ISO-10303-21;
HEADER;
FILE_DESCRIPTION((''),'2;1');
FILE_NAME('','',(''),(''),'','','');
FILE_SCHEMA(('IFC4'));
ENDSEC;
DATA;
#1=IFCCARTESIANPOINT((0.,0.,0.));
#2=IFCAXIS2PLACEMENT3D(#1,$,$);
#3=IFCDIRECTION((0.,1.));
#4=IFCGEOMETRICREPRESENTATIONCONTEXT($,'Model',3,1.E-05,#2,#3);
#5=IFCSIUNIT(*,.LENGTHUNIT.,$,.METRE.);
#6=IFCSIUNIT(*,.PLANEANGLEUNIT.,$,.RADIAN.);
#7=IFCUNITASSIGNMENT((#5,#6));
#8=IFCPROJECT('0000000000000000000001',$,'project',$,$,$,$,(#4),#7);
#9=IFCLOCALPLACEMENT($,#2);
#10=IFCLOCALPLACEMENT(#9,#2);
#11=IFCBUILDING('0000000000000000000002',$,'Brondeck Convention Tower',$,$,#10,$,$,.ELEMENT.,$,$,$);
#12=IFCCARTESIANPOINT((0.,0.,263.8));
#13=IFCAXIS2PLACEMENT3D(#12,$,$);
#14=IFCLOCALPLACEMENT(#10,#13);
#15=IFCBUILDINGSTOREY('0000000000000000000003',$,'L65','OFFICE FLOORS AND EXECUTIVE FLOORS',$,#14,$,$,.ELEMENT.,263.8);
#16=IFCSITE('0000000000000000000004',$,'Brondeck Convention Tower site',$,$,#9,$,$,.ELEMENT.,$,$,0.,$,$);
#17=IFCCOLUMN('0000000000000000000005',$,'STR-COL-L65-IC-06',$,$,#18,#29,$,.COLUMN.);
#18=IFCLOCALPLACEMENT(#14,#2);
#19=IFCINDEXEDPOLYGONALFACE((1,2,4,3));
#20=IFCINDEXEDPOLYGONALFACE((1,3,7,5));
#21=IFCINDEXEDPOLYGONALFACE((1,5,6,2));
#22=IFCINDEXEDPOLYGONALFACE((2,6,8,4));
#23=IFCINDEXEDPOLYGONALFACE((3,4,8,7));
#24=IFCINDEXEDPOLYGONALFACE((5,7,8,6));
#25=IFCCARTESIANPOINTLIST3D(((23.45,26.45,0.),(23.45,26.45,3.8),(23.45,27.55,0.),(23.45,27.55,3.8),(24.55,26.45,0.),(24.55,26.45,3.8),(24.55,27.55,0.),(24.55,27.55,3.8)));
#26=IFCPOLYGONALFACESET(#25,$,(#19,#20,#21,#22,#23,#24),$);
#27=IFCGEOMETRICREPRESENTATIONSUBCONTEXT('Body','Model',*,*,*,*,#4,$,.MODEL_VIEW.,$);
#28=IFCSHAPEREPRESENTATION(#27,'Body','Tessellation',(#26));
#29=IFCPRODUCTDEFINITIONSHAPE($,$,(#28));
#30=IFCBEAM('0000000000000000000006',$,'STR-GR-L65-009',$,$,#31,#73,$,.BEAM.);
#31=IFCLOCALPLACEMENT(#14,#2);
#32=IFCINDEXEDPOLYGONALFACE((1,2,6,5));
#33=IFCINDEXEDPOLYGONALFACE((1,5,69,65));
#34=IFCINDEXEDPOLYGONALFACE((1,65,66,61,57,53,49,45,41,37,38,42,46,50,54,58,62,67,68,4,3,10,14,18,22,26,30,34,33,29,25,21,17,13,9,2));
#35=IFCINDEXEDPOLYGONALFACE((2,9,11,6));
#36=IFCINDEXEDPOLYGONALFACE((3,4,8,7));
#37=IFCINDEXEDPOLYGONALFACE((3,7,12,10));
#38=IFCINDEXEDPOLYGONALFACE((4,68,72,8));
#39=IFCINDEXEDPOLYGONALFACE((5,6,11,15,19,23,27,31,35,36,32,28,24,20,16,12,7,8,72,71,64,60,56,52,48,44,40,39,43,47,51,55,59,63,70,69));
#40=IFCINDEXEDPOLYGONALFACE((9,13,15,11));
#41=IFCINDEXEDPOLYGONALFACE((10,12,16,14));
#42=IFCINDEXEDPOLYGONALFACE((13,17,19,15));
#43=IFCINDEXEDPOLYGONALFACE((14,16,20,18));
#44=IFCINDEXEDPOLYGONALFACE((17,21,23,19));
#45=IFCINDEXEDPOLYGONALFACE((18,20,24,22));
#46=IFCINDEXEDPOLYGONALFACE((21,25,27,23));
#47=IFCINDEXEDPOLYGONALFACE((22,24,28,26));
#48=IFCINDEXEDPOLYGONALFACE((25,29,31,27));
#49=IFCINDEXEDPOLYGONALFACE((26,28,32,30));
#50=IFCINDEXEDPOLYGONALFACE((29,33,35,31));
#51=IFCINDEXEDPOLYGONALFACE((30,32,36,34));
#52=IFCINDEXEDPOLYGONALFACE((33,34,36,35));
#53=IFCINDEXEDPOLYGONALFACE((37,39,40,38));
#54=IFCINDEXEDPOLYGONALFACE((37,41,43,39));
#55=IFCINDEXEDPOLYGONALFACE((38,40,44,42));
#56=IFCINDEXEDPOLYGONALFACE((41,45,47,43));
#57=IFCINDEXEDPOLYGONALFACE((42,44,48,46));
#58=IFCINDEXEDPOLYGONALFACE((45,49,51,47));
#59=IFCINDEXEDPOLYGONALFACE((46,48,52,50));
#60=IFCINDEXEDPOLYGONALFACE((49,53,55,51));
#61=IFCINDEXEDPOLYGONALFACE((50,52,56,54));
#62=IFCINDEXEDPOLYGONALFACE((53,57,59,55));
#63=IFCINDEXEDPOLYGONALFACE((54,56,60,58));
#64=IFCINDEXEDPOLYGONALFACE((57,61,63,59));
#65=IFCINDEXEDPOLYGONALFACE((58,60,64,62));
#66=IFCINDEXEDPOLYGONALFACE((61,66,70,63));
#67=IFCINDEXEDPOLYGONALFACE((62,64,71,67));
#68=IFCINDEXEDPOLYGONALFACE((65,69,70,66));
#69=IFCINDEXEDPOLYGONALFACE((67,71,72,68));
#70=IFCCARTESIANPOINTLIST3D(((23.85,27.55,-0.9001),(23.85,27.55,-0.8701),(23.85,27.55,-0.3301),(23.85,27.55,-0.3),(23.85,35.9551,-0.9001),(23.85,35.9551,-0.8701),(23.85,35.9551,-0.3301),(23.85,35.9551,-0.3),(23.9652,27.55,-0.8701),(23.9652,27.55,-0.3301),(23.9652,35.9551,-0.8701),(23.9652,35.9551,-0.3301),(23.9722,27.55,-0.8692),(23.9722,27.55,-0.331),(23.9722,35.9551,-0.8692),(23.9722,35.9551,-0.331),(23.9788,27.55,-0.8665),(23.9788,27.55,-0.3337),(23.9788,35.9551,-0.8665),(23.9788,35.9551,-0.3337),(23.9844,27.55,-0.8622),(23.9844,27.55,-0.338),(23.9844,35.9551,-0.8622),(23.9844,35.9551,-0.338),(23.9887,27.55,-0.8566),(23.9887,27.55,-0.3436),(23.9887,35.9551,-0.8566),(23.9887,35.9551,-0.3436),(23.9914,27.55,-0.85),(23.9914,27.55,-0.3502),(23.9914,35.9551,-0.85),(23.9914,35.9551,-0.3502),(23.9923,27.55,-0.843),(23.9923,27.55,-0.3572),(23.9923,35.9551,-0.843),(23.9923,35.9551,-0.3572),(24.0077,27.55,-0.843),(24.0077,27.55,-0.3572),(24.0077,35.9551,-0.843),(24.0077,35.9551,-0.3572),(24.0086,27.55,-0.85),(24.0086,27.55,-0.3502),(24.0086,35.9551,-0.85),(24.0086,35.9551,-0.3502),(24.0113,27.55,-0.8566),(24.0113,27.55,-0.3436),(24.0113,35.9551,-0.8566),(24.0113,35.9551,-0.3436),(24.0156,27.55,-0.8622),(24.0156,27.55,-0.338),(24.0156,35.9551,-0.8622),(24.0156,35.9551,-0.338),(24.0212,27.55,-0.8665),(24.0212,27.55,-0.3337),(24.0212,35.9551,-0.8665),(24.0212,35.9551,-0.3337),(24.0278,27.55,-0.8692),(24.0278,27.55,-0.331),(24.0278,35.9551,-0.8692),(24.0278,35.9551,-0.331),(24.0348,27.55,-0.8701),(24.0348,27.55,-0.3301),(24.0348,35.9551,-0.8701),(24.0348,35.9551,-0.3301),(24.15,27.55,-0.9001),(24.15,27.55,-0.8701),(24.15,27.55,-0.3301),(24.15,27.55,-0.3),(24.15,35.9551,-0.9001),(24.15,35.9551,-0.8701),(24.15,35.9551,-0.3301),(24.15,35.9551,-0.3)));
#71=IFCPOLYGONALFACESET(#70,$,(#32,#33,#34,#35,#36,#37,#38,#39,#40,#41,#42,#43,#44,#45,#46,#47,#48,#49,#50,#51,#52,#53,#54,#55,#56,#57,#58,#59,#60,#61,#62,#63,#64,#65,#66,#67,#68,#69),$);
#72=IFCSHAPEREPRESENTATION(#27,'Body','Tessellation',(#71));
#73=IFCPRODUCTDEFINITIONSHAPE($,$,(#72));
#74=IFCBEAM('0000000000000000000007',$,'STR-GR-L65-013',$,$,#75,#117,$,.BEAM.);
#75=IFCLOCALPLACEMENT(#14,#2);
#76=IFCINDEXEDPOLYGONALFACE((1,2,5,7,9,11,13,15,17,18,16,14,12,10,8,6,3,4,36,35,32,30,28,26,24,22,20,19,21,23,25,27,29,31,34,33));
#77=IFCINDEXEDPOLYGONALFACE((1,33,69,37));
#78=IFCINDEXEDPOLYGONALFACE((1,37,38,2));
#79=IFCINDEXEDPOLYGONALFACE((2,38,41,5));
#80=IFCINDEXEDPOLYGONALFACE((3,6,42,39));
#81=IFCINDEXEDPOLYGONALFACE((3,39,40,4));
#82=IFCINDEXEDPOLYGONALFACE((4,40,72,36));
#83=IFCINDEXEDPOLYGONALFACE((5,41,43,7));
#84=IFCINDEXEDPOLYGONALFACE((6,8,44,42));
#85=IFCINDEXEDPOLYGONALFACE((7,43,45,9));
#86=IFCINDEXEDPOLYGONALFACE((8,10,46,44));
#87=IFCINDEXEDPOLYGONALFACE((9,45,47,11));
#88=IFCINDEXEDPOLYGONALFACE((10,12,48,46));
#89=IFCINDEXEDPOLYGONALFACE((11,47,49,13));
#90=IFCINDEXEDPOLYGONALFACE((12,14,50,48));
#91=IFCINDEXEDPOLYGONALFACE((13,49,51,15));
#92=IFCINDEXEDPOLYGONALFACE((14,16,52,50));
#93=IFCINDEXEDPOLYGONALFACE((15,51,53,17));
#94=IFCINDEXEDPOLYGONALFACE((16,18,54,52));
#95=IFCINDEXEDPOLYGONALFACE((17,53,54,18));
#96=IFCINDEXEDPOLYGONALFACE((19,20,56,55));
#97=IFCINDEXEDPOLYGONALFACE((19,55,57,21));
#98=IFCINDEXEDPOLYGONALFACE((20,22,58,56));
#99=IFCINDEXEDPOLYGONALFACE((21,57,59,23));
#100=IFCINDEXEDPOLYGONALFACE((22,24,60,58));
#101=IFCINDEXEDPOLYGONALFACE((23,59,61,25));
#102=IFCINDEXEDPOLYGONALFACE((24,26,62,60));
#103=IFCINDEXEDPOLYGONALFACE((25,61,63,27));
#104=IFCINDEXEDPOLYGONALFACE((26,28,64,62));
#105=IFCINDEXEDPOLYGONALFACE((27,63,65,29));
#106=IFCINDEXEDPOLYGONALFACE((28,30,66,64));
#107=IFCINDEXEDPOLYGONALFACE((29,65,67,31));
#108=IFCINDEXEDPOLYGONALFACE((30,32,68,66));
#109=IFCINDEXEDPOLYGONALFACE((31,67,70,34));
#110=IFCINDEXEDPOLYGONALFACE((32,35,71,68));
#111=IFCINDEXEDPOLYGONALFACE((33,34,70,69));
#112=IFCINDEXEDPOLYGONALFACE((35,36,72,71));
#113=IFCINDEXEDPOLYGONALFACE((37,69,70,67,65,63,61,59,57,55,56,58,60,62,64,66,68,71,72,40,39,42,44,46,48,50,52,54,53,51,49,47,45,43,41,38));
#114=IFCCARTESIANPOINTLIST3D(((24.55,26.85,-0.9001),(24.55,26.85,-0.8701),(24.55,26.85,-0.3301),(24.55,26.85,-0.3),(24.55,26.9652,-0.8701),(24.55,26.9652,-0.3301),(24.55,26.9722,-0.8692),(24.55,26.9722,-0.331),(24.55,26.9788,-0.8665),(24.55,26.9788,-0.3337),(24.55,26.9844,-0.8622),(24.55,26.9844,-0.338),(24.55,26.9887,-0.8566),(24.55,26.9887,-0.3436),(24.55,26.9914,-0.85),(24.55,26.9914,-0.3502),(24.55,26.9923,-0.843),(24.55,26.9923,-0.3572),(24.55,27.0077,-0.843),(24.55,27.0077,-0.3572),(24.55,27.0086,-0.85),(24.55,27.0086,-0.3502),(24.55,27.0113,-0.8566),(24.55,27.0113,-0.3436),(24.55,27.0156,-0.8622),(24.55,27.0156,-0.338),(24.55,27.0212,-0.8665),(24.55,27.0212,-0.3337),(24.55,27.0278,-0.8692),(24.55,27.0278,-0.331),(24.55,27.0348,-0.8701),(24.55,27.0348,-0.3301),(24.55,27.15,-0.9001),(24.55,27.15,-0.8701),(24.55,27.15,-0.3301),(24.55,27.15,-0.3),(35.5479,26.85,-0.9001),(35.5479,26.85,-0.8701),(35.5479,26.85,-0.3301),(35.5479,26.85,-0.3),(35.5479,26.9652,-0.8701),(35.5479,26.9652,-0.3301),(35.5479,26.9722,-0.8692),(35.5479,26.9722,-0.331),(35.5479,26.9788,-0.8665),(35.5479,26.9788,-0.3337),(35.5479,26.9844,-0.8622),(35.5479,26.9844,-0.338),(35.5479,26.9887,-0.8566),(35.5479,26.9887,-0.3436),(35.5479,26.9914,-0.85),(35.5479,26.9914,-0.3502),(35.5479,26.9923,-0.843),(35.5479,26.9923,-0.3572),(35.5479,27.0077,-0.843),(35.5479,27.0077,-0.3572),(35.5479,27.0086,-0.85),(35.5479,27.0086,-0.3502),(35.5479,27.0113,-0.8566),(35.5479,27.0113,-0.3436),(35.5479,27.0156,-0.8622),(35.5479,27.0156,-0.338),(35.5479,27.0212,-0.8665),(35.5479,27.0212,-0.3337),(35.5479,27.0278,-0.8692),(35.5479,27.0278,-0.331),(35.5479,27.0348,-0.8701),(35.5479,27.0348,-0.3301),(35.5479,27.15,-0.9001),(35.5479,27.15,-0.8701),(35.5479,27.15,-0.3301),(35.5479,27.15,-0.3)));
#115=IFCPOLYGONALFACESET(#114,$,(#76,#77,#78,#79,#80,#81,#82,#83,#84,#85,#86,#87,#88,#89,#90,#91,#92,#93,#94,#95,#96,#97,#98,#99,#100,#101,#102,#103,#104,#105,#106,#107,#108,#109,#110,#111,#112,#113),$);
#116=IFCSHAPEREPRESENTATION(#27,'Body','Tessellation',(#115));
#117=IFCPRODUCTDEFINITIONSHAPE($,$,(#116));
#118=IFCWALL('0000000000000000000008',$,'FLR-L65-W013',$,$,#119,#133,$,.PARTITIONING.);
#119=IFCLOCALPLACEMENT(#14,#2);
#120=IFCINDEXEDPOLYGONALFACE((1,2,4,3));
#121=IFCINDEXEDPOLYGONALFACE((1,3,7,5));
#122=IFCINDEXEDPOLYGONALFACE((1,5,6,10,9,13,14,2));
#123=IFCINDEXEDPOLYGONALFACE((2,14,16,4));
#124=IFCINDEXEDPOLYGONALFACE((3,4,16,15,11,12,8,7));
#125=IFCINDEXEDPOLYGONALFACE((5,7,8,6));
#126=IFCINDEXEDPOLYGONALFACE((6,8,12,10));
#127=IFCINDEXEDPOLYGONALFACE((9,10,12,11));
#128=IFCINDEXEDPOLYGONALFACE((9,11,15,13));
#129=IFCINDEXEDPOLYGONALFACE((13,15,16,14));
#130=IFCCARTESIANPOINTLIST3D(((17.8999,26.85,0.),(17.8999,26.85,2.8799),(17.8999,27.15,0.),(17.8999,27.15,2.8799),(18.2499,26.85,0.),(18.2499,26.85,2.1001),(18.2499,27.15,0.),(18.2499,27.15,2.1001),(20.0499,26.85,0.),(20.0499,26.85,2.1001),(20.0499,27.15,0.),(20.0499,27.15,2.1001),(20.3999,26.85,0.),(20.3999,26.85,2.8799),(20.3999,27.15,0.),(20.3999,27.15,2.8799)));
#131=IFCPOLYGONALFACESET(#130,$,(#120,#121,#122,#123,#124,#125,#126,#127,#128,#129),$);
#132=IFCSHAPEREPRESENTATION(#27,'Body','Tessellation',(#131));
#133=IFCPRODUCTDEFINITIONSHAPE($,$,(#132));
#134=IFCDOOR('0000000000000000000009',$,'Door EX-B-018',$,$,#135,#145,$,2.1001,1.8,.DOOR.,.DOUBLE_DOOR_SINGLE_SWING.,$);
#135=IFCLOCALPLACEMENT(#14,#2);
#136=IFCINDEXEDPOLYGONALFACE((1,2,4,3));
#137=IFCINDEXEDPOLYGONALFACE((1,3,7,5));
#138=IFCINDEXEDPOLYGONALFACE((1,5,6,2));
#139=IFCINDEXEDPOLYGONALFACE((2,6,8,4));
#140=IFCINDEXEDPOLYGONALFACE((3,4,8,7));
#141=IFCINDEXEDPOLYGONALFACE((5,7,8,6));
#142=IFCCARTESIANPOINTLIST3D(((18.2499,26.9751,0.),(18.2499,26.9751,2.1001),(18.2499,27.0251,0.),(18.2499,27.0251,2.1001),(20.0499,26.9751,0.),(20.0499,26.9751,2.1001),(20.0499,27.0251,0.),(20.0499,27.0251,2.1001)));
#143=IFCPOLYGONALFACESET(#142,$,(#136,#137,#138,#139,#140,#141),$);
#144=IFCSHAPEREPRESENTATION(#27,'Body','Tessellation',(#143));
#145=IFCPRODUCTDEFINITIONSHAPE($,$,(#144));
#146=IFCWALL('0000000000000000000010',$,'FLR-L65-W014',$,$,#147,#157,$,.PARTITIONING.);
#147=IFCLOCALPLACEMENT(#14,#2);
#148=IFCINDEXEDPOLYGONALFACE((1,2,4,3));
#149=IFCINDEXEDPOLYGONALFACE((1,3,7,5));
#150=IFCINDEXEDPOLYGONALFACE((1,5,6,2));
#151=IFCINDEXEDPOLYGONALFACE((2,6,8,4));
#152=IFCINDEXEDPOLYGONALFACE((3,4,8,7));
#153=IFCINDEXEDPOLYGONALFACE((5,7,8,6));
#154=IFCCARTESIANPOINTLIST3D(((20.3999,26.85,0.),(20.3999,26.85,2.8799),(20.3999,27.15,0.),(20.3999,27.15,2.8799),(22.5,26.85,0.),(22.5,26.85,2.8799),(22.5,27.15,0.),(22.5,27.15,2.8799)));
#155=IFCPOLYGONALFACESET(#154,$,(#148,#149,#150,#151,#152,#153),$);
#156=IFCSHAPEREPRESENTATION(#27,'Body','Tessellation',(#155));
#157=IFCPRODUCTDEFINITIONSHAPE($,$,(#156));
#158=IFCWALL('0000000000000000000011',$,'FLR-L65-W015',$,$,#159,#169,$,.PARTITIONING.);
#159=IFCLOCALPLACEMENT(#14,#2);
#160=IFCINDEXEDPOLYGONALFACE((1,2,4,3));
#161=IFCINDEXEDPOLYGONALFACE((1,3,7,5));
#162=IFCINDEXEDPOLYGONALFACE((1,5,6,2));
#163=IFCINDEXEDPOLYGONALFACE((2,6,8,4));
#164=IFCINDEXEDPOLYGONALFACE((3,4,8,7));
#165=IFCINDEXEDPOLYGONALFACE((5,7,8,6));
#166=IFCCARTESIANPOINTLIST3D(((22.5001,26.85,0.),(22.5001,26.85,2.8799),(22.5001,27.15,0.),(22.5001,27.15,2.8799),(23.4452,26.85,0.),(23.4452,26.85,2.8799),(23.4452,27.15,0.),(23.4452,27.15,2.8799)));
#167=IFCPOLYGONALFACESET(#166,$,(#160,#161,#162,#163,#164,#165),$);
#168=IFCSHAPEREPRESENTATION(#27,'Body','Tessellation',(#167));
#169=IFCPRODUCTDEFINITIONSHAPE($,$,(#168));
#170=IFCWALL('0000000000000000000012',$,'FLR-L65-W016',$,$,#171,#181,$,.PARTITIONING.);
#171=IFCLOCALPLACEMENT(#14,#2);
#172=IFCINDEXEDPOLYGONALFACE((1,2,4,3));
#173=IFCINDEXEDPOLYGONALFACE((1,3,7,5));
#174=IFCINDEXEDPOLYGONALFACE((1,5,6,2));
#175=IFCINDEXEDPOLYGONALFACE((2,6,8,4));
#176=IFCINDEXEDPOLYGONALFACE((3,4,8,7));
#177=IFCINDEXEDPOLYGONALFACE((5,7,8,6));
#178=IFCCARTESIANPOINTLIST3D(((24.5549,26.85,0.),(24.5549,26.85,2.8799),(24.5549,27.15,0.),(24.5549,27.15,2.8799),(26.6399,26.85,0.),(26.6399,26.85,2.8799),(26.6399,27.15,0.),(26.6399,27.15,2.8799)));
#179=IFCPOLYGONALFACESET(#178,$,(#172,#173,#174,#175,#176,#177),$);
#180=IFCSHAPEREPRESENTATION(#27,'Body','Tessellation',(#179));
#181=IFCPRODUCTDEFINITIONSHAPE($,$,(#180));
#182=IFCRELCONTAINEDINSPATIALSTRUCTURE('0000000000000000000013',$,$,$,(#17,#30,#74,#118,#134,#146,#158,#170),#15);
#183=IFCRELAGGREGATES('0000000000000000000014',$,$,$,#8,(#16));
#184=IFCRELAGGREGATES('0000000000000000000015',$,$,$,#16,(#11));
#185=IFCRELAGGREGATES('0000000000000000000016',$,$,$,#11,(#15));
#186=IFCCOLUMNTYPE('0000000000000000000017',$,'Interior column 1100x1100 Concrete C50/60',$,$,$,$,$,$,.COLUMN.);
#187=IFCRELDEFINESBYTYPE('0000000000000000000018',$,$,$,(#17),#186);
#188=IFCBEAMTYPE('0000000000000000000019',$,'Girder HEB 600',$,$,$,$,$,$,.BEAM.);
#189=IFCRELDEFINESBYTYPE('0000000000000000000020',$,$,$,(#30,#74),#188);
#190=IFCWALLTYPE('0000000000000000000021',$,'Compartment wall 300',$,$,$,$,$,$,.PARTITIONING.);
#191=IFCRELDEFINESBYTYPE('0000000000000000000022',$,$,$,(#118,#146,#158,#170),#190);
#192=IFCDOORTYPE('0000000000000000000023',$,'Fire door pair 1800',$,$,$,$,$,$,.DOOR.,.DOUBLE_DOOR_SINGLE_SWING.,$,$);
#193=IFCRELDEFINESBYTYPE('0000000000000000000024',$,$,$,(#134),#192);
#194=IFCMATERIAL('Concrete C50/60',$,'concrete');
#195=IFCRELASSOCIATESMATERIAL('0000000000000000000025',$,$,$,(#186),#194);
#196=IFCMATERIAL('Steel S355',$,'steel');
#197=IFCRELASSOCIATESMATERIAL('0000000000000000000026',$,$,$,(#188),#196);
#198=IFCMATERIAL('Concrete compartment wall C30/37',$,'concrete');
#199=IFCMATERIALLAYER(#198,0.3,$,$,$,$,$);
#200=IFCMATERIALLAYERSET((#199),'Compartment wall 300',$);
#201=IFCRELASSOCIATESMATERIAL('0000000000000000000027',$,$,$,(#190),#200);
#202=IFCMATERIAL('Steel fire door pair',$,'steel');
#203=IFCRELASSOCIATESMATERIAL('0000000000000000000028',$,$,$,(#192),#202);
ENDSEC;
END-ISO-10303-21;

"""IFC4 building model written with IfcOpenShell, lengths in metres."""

from ifc_helpers import new_model, si_unit, direction, frame, frame_2d, origin, origin_2d, place, context, subcontext, project, spatial, rectangle, i_section, extrude, material, layer, layer_set, material_profile, profile_set, type_object, element, fill, save


model = new_model("IFC4")

# Units and contexts
model_context = context("Model", 3, precision=1e-05, world=origin(), true_north=direction((0.0, 1.0)))
body_context = subcontext(model_context, "Body", "Model", "MODEL_VIEW")
ifc_project = project(units=[si_unit("LENGTHUNIT", "METRE"), si_unit("PLANEANGLEUNIT", "RADIAN")], contexts=[model_context])

# Site, building, storey
site_placement = place(None, origin())
site = spatial("IfcSite", under=ifc_project, at=site_placement, Name="Brondeck Convention Tower site", CompositionType="ELEMENT", RefElevation=0.0)
building_placement = place(site_placement, origin())
building = spatial("IfcBuilding", under=site, at=building_placement, Name="Brondeck Convention Tower", CompositionType="ELEMENT")
storey_placement = place(building_placement, frame((0.0, 0.0, 263.8)))
storey = spatial("IfcBuildingStorey", under=building, at=storey_placement, Name="L65", Description="OFFICE FLOORS AND EXECUTIVE FLOORS", CompositionType="ELEMENT", Elevation=263.8)

# Column
ifc_material_1 = material(Name="Concrete C50/60", Category="concrete")
ifc_material_profile_1 = material_profile(ifc_material_1, rectangle(XDim=1.1001, YDim=1.1001, at=origin_2d()), Name="Interior column 1100x1100 Concrete C50/60")
ifc_profile_set_1 = profile_set([ifc_material_profile_1], Name="Concrete C50/60")
column_type = type_object("IfcColumnType", Name="Interior column 1100x1100 Concrete C50/60", PredefinedType="COLUMN", material=ifc_profile_set_1)
column_placement = place(storey_placement, frame((24.0, 27.0, 0.0), z_axis=(0.0, 0.0, 1.0), x_axis=(1.0, 0.0, 0.0)))
element("IfcColumn", 1, at=column_placement, inside=storey, type_object=column_type, Name="STR-COL-L65-IC-06", PredefinedType="COLUMN", context=body_context, shape_type="SweptSolid", body=[
    extrude(rectangle(XDim=1.1001, YDim=1.1001, at=origin_2d()), origin(), (0.0, 0.0, 1.0), 3.8),
])

# Beams
ifc_material_2 = material(Name="Steel S355", Category="steel")
ifc_material_profile_2 = material_profile(ifc_material_2, i_section(OverallWidth=0.3, OverallDepth=0.6001, WebThickness=0.0154, FlangeThickness=0.03, FilletRadius=0.0271, at=origin_2d()), Name="HEB 600")
ifc_profile_set_2 = profile_set([ifc_material_profile_2], Name="Steel S355")
beam_type = type_object("IfcBeamType", Name="Girder HEB 600", PredefinedType="BEAM", material=ifc_profile_set_2)
beam_1_placement = place(storey_placement, frame((24.0, 35.9551, -0.6001), z_axis=(0.0, -1.0, 0.0), x_axis=(1.0, 0.0, 0.0)))
element("IfcBeam", 2, at=beam_1_placement, inside=storey, type_object=beam_type, Name="STR-GR-L65-009", PredefinedType="BEAM", context=body_context, shape_type="SweptSolid", body=[
    extrude(i_section(OverallWidth=0.3, OverallDepth=0.6001, WebThickness=0.0154, FlangeThickness=0.03, FilletRadius=0.0271, at=origin_2d()), origin(), (0.0, 0.0, 1.0), 8.405),
])
beam_2_placement = place(storey_placement, frame((24.55, 27.0, -0.6001), z_axis=(1.0, 0.0, 0.0), x_axis=(0.0, 1.0, 0.0)))
element("IfcBeam", 3, at=beam_2_placement, inside=storey, type_object=beam_type, Name="STR-GR-L65-013", PredefinedType="BEAM", context=body_context, shape_type="SweptSolid", body=[
    extrude(i_section(OverallWidth=0.3, OverallDepth=0.6001, WebThickness=0.0154, FlangeThickness=0.03, FilletRadius=0.0271, at=origin_2d()), origin(), (0.0, 0.0, 1.0), 10.9978),
])

# Wall, opening, door
ifc_material_3 = material(Name="Concrete compartment wall C30/37", Category="concrete")
ifc_layer_1 = layer(ifc_material_3, 0.3)
ifc_layer_set_1 = layer_set([ifc_layer_1], Name="Compartment wall 300")
wall_type_1 = type_object("IfcWallType", Name="Compartment wall 300", PredefinedType="PARTITIONING", material=ifc_layer_set_1)
wall_1_placement = place(storey_placement, frame((20.3999, 27.0, 0.0), z_axis=(0.0, 0.0, 1.0), x_axis=(-1.0, 0.0, 0.0)))
wall_1 = element("IfcWall", 4, at=wall_1_placement, inside=storey, type_object=wall_type_1, Name="FLR-L65-W013", PredefinedType="PARTITIONING", context=body_context, shape_type="SweptSolid", body=[
    extrude(rectangle(XDim=2.5, YDim=0.3, at=frame_2d((1.25, 0.0))), origin(), (0.0, 0.0, 1.0), 2.8799),
])
opening_1_placement = place(wall_1_placement, frame((0.3501, 0.0, 0.0)))
opening_1 = element("IfcOpeningElement", 5, at=opening_1_placement, cuts=wall_1, PredefinedType="OPENING", context=body_context, shape_type="SweptSolid", body=[
    extrude(rectangle(XDim=1.8, YDim=2.1001, at=frame_2d((0.8999, 1.05))), frame((0.0, 0.1599, 0.0), z_axis=(0.0, -1.0, 0.0), x_axis=(1.0, 0.0, 0.0)), (0.0, 0.0, 1.0), 0.3201),
])
ifc_material_4 = material(Name="Steel fire door pair", Category="steel")
door_type_1 = type_object("IfcDoorType", Name="Fire door pair 1800", OperationType="DOUBLE_DOOR_SINGLE_SWING", PredefinedType="DOOR", material=ifc_material_4)
door_1_placement = place(opening_1_placement, origin())
door_1 = element("IfcDoor", 6, at=door_1_placement, inside=storey, type_object=door_type_1, Name="Door EX-B-018", OperationType="DOUBLE_DOOR_SINGLE_SWING", OverallHeight=2.1001, OverallWidth=1.8, PredefinedType="DOOR", context=body_context, shape_type="SweptSolid", body=[
    extrude(rectangle(XDim=1.8, YDim=2.1001, at=frame_2d((0.8999, 1.05))), frame((0.0, 0.0249, 0.0), z_axis=(0.0, -1.0, 0.0), x_axis=(1.0, 0.0, 0.0)), (0.0, 0.0, 1.0), 0.05),
])
fill(opening_1, door_1)

# Walls
wall_2_placement = place(storey_placement, frame((20.3999, 27.0, 0.0), z_axis=(0.0, 0.0, 1.0), x_axis=(1.0, 0.0, 0.0)))
element("IfcWall", 7, at=wall_2_placement, inside=storey, type_object=wall_type_1, Name="FLR-L65-W014", PredefinedType="PARTITIONING", context=body_context, shape_type="SweptSolid", body=[
    extrude(rectangle(XDim=2.1001, YDim=0.3, at=frame_2d((1.05, 0.0))), origin(), (0.0, 0.0, 1.0), 2.8799),
])
wall_3_placement = place(storey_placement, frame((22.5, 27.0, 0.0), z_axis=(0.0, 0.0, 1.0), x_axis=(1.0, 0.0, 0.0)))
element("IfcWall", 8, at=wall_3_placement, inside=storey, type_object=wall_type_1, Name="FLR-L65-W015", PredefinedType="PARTITIONING", context=body_context, shape_type="SweptSolid", body=[
    extrude(rectangle(XDim=0.9451, YDim=0.3, at=frame_2d((0.4727, 0.0))), origin(), (0.0, 0.0, 1.0), 2.8799),
])
wall_4_placement = place(storey_placement, frame((24.5549, 27.0, 0.0), z_axis=(0.0, 0.0, 1.0), x_axis=(1.0, 0.0, 0.0)))
element("IfcWall", 9, at=wall_4_placement, inside=storey, type_object=wall_type_1, Name="FLR-L65-W016", PredefinedType="PARTITIONING", context=body_context, shape_type="SweptSolid", body=[
    extrude(rectangle(XDim=2.085, YDim=0.3, at=frame_2d((1.0425, 0.0))), origin(), (0.0, 0.0, 1.0), 2.8799),
])

save(model, "model.ifc")
